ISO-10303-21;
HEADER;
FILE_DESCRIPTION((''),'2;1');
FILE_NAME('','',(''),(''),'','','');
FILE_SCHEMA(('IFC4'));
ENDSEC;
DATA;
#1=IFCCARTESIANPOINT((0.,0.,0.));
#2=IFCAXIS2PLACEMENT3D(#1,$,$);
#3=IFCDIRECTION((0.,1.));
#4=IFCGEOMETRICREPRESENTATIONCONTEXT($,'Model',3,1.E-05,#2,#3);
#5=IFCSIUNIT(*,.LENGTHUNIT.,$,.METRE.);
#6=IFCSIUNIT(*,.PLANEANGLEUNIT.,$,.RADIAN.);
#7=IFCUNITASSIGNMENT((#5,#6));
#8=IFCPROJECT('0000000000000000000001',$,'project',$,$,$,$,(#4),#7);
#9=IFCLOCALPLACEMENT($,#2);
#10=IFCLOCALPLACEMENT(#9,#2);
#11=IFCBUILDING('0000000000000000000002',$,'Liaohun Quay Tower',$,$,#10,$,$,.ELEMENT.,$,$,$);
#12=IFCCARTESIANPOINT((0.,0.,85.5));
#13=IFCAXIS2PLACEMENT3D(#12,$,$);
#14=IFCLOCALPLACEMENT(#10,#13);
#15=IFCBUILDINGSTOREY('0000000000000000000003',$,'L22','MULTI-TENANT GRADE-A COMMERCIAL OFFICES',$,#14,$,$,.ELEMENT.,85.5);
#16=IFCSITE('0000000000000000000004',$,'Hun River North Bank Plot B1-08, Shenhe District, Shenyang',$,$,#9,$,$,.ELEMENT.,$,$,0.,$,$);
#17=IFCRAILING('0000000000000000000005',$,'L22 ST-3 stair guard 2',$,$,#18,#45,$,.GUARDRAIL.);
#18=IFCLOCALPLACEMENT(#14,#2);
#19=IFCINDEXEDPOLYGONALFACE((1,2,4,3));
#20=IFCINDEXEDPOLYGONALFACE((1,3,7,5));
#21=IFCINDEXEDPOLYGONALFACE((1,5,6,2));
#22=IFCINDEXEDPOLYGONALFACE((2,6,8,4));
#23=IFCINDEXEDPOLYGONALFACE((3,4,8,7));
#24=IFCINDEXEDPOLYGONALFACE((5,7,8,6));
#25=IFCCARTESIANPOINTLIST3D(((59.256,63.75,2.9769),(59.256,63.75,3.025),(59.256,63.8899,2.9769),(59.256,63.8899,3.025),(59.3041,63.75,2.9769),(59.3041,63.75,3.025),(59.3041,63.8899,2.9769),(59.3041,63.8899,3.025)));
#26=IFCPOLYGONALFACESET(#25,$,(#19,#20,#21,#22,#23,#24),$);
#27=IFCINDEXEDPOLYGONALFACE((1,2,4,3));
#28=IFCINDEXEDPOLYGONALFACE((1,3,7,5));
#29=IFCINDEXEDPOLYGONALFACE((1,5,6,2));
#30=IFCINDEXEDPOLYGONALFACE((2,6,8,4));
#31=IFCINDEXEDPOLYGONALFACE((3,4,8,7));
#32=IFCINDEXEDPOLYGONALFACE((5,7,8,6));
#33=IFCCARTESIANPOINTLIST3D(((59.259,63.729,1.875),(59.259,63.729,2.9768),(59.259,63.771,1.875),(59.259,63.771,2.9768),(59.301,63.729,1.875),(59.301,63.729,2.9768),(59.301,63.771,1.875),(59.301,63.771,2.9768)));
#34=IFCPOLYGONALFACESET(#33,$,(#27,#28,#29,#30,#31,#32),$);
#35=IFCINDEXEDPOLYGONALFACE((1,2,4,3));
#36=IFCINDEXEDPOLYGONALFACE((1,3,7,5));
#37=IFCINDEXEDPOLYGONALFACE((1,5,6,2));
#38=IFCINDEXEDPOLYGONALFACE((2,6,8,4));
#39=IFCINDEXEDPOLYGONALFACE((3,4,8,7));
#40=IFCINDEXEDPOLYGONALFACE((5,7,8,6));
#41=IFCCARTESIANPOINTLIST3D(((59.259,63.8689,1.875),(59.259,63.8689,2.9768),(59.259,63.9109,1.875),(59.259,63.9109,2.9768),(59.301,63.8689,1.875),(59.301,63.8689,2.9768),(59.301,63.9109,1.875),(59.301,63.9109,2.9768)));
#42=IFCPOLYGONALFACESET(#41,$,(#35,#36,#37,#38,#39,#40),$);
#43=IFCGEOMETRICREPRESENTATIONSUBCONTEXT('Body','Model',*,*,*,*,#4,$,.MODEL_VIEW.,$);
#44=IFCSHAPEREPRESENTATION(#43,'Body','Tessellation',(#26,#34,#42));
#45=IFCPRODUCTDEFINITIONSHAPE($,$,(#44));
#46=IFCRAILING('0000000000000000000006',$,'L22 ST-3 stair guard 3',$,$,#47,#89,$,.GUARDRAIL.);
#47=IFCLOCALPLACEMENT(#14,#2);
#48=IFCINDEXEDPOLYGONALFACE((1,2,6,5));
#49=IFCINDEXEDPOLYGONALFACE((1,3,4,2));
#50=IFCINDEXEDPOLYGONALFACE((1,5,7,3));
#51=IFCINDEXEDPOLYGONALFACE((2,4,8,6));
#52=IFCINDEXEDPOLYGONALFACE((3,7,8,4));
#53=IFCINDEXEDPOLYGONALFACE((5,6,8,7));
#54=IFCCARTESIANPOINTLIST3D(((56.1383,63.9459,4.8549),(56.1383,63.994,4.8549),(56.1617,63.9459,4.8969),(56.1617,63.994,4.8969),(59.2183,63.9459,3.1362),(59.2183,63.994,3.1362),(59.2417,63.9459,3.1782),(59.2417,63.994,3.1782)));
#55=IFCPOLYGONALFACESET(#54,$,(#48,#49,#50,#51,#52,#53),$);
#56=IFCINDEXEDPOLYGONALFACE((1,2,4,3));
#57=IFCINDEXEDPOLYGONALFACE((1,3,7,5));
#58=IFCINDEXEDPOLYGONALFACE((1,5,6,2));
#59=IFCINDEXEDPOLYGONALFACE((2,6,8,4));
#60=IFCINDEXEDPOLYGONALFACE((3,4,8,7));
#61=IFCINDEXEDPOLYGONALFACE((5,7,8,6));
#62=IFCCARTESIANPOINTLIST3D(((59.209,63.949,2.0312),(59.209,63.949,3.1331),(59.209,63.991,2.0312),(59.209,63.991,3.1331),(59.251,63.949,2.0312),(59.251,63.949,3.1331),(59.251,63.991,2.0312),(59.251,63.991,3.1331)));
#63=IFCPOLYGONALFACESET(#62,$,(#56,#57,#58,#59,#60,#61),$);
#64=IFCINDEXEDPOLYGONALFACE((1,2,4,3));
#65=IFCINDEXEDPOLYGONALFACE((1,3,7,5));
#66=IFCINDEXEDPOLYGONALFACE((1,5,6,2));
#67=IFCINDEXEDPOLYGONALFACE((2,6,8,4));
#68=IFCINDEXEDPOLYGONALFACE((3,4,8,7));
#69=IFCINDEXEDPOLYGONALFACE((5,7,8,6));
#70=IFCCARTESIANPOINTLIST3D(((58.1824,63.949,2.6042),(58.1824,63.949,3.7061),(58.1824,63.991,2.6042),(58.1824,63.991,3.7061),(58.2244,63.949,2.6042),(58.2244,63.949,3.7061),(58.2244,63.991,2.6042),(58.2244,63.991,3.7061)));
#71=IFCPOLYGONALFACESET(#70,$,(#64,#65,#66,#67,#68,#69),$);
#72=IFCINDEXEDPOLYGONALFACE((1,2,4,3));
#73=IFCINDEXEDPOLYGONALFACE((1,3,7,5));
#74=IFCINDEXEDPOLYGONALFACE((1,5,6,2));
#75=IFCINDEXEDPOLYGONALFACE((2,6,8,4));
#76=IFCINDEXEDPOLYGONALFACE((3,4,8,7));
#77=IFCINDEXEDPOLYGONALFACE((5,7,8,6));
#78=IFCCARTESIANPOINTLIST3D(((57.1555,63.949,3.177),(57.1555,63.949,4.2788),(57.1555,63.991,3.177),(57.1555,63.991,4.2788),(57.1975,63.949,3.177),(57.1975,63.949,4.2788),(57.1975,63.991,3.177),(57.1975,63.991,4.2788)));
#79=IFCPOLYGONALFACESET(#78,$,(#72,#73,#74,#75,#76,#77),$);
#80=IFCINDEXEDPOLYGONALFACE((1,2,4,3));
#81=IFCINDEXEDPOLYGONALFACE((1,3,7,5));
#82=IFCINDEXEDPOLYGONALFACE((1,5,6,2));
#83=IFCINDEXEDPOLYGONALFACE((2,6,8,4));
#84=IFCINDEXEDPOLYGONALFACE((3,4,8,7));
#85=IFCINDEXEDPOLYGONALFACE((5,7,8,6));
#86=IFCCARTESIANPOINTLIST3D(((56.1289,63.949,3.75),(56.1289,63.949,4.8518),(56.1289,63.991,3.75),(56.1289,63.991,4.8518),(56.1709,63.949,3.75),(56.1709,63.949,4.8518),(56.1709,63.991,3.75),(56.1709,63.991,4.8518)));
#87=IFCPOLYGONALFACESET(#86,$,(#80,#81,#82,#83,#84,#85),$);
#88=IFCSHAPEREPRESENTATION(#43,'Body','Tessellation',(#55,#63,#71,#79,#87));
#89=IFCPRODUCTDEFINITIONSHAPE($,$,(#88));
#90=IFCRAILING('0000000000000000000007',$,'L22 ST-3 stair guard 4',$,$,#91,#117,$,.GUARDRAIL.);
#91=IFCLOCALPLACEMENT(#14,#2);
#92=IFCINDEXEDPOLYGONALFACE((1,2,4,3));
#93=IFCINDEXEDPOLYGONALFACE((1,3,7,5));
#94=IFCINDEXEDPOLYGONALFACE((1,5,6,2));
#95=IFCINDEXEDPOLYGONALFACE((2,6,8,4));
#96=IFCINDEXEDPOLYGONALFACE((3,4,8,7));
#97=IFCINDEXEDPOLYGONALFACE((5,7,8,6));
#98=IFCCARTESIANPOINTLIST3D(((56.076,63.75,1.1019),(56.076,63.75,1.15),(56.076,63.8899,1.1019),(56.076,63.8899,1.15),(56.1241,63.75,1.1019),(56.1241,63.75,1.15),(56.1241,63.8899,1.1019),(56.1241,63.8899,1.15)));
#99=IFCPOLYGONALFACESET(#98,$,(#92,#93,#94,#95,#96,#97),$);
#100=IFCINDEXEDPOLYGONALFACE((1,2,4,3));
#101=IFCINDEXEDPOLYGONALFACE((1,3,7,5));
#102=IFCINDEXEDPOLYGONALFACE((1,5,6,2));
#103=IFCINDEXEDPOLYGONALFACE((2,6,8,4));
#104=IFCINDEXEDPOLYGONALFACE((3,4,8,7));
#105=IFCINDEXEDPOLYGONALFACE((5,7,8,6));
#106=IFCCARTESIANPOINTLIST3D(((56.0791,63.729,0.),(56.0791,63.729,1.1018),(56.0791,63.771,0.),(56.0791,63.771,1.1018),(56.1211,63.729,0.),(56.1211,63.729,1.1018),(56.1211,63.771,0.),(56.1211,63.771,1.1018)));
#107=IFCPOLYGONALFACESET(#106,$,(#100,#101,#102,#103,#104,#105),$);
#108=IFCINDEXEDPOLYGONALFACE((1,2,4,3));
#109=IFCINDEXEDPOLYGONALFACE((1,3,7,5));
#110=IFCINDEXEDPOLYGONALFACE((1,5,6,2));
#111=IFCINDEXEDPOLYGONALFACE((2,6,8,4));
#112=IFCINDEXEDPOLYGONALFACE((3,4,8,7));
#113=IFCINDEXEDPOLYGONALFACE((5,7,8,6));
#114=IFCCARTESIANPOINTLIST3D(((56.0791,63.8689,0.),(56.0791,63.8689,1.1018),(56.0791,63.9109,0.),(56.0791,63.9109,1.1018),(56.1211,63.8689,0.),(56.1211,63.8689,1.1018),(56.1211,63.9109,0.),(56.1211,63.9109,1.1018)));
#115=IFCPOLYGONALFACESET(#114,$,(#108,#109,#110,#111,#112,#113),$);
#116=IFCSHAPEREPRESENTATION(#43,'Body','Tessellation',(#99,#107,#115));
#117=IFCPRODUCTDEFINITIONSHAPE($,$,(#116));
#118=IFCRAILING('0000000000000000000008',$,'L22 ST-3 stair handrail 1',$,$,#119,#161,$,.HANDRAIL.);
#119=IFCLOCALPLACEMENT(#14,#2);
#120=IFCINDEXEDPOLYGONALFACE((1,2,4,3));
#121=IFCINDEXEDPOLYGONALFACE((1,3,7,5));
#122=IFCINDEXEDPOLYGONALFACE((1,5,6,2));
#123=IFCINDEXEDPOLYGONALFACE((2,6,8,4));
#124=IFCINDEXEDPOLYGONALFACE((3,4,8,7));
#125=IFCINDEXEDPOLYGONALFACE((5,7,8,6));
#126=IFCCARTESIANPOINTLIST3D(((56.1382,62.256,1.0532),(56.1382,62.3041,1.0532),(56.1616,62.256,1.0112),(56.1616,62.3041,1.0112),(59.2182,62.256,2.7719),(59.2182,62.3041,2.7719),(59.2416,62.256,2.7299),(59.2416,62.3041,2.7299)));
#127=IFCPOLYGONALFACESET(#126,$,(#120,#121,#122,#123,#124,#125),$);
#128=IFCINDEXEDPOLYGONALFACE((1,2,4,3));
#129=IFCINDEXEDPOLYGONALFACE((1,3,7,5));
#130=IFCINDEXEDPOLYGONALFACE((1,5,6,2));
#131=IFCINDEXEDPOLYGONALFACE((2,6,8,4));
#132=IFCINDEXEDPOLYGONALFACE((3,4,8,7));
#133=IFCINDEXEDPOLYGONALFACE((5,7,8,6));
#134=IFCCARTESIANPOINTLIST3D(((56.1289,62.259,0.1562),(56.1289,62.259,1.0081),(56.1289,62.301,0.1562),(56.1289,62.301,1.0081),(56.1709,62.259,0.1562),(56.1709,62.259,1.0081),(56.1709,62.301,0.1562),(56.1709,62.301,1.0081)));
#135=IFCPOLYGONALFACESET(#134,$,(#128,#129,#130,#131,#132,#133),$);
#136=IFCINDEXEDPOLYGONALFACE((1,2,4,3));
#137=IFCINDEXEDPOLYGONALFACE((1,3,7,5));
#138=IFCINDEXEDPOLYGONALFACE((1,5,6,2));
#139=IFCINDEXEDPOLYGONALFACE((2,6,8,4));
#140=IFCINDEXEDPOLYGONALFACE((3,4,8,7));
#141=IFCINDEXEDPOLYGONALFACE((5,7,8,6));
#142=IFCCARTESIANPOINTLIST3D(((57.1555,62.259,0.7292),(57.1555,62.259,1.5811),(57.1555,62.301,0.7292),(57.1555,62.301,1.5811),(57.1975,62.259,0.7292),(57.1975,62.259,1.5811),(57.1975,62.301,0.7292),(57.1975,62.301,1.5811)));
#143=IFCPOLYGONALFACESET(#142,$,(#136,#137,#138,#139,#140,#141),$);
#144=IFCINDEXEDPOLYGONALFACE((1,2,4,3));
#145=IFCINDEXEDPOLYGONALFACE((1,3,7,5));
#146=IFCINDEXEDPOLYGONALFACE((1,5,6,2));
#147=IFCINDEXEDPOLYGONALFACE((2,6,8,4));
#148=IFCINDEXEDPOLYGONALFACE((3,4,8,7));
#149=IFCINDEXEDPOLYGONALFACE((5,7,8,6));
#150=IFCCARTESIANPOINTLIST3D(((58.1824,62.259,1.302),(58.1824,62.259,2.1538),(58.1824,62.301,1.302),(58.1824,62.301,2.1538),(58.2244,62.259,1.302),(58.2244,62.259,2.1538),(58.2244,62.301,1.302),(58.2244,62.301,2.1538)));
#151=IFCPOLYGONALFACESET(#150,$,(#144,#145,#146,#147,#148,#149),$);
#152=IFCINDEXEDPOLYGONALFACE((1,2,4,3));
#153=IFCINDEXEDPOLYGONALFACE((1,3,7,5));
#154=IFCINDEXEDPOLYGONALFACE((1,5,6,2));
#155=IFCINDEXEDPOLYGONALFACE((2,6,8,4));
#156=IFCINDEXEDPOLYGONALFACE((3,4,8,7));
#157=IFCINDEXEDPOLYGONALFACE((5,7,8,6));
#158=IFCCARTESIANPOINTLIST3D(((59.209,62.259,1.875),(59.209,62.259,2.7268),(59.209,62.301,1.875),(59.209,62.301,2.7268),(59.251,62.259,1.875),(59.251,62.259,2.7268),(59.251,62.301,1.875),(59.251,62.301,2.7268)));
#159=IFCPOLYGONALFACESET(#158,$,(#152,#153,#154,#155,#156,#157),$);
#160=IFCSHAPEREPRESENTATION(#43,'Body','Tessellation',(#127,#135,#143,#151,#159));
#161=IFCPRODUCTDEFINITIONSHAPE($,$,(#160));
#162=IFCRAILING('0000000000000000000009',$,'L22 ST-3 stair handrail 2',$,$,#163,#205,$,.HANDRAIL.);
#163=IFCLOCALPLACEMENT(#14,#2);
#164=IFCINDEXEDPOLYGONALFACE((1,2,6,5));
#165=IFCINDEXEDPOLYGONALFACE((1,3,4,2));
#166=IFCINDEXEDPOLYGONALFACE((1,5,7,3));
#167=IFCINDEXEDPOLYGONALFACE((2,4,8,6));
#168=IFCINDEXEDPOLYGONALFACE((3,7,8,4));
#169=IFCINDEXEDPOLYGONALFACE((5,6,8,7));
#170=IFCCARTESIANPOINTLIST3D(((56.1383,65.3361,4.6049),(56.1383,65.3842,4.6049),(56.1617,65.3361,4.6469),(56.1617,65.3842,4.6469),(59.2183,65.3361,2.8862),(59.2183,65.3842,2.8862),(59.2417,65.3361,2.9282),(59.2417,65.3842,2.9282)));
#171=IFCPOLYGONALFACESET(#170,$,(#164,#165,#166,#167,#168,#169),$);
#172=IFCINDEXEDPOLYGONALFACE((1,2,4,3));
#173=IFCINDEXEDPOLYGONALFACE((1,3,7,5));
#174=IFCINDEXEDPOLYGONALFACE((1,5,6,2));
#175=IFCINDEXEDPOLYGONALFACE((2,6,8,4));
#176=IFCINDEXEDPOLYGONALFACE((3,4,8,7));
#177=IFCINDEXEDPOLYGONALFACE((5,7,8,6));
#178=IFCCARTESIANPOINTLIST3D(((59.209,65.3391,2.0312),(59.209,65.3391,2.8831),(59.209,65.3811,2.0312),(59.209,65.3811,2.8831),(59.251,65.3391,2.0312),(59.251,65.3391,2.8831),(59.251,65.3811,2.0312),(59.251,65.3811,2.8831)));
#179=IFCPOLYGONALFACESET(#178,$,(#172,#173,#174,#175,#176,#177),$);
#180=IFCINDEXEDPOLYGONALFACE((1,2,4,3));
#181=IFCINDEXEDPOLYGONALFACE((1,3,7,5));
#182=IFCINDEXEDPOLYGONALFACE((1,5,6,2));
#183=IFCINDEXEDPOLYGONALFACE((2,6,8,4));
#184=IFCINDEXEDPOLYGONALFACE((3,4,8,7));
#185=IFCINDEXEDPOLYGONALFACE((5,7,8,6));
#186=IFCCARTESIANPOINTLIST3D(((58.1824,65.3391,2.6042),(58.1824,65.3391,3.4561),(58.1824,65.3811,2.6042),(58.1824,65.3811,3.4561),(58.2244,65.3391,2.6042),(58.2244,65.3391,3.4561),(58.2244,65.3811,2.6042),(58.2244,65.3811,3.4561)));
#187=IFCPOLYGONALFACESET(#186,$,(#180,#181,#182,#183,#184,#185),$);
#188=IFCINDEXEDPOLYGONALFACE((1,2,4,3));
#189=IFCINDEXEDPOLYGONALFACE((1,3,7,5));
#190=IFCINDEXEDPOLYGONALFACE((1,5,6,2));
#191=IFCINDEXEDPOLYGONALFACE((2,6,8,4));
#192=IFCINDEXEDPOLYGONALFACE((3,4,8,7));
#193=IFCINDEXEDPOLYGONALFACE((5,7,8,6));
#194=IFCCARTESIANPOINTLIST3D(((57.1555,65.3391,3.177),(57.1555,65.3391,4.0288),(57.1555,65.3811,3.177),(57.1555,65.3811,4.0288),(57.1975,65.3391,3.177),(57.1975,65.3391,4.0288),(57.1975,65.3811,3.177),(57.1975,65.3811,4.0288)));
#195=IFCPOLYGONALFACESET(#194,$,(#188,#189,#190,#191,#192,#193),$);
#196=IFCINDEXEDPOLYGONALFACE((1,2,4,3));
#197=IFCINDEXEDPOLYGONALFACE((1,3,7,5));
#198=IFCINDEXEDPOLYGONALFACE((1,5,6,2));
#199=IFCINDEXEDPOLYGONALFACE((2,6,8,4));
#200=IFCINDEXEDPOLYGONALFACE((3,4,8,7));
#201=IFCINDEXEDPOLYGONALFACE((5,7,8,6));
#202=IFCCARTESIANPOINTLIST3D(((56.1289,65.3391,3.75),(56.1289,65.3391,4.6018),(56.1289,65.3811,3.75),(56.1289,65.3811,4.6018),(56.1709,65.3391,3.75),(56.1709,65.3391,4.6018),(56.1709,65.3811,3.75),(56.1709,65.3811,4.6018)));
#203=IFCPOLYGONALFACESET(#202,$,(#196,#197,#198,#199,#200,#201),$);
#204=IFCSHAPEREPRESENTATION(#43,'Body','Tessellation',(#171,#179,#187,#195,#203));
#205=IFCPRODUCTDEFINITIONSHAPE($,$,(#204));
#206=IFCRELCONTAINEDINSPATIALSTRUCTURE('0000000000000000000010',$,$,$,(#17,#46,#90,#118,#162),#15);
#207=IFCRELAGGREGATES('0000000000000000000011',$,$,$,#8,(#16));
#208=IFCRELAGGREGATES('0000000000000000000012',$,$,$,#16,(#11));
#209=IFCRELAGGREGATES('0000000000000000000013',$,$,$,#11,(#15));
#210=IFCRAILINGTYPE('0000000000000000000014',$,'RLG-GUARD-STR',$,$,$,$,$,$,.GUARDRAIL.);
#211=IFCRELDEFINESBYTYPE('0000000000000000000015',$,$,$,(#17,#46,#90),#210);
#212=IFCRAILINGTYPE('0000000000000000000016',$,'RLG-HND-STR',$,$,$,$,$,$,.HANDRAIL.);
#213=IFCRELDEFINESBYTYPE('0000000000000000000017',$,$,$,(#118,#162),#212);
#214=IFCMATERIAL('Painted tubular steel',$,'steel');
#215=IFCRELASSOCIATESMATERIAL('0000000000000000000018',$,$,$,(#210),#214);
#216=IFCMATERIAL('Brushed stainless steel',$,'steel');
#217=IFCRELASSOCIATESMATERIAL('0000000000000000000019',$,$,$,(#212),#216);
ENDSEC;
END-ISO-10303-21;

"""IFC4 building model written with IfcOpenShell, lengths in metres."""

from ifc_helpers import new_model, si_unit, direction, frame, origin, origin_2d, place, context, subcontext, project, spatial, rectangle, extrude, material, type_object, element, save


model = new_model("IFC4")

# Units and contexts
model_context = context("Model", 3, precision=1e-05, world=origin(), true_north=direction((0.0, 1.0)))
body_context = subcontext(model_context, "Body", "Model", "MODEL_VIEW")
ifc_project = project(units=[si_unit("LENGTHUNIT", "METRE"), si_unit("PLANEANGLEUNIT", "RADIAN")], contexts=[model_context])

# Site, building, storey
site_placement = place(None, origin())
site = spatial("IfcSite", under=ifc_project, at=site_placement, Name="Hun River North Bank Plot B1-08, Shenhe District, Shenyang", CompositionType="ELEMENT", RefElevation=0.0)
building_placement = place(site_placement, origin())
building = spatial("IfcBuilding", under=site, at=building_placement, Name="Liaohun Quay Tower", CompositionType="ELEMENT")
storey_placement = place(building_placement, frame((0.0, 0.0, 85.5)))
storey = spatial("IfcBuildingStorey", under=building, at=storey_placement, Name="L22", Description="MULTI-TENANT GRADE-A COMMERCIAL OFFICES", CompositionType="ELEMENT", Elevation=85.5)

# Railings
ifc_material_1 = material(Name="Painted tubular steel", Category="steel")
railing_type_1 = type_object("IfcRailingType", Name="RLG-GUARD-STR", PredefinedType="GUARDRAIL", material=ifc_material_1)
railing_1_placement = place(storey_placement, frame((59.28, 63.75, 1.875)))
element("IfcRailing", 1, at=railing_1_placement, inside=storey, type_object=railing_type_1, Name="L22 ST-3 stair guard 2", PredefinedType="GUARDRAIL", context=body_context, shape_type="SweptSolid", body=[
    extrude(rectangle(XDim=0.0481, YDim=0.0481, at=origin_2d()), frame((0.0, 0.0, 1.126), z_axis=(0.0, 1.0, 0.0), x_axis=(-1.0, 0.0, 0.0)), (0.0, 0.0, 1.0), 0.1399),
    extrude(rectangle(XDim=0.042, YDim=0.042, at=origin_2d()), origin(), (0.0, 0.0, 1.0), 1.1018),
    extrude(rectangle(XDim=0.042, YDim=0.042, at=origin_2d()), frame((0.0, 0.1399, 0.0)), (0.0, 0.0, 1.0), 1.1018),
])
railing_2_placement = place(storey_placement, frame((59.23, 63.97, 2.0312)))
element("IfcRailing", 2, at=railing_2_placement, inside=storey, type_object=railing_type_1, Name="L22 ST-3 stair guard 3", PredefinedType="GUARDRAIL", context=body_context, shape_type="SweptSolid", body=[
    extrude(rectangle(XDim=0.0481, YDim=0.0481, at=origin_2d()), frame((0.0, 0.0, 1.126), z_axis=(-0.873242, 0.0, 0.487288), x_axis=(0.0, -1.0, 0.0)), (0.0, 0.0, 1.0), 3.5271),
    extrude(rectangle(XDim=0.042, YDim=0.042, at=origin_2d()), origin(), (0.0, 0.0, 1.0), 1.1018),
    extrude(rectangle(XDim=0.042, YDim=0.042, at=origin_2d()), frame((-1.0266, 0.0, 0.573)), (0.0, 0.0, 1.0), 1.1018),
    extrude(rectangle(XDim=0.042, YDim=0.042, at=origin_2d()), frame((-2.0535, 0.0, 1.1458)), (0.0, 0.0, 1.0), 1.1018),
    extrude(rectangle(XDim=0.042, YDim=0.042, at=origin_2d()), frame((-3.0801, 0.0, 1.7188)), (0.0, 0.0, 1.0), 1.1018),
])
railing_3_placement = place(storey_placement, frame((56.1001, 63.75, 0.0)))
element("IfcRailing", 3, at=railing_3_placement, inside=storey, type_object=railing_type_1, Name="L22 ST-3 stair guard 4", PredefinedType="GUARDRAIL", context=body_context, shape_type="SweptSolid", body=[
    extrude(rectangle(XDim=0.0481, YDim=0.0481, at=origin_2d()), frame((0.0, 0.0, 1.126), z_axis=(0.0, 1.0, 0.0), x_axis=(-1.0, 0.0, 0.0)), (0.0, 0.0, 1.0), 0.1399),
    extrude(rectangle(XDim=0.042, YDim=0.042, at=origin_2d()), origin(), (0.0, 0.0, 1.0), 1.1018),
    extrude(rectangle(XDim=0.042, YDim=0.042, at=origin_2d()), frame((0.0, 0.1399, 0.0)), (0.0, 0.0, 1.0), 1.1018),
])
ifc_material_2 = material(Name="Brushed stainless steel", Category="steel")
railing_type_2 = type_object("IfcRailingType", Name="RLG-HND-STR", PredefinedType="HANDRAIL", material=ifc_material_2)
railing_4_placement = place(storey_placement, frame((56.1499, 62.28, 0.1562)))
element("IfcRailing", 4, at=railing_4_placement, inside=storey, type_object=railing_type_2, Name="L22 ST-3 stair handrail 1", PredefinedType="HANDRAIL", context=body_context, shape_type="SweptSolid", body=[
    extrude(rectangle(XDim=0.0481, YDim=0.0481, at=origin_2d()), frame((0.0, 0.0, 0.876), z_axis=(0.873242, 0.0, 0.487288), x_axis=(0.0, 1.0, 0.0)), (0.0, 0.0, 1.0), 3.5271),
    extrude(rectangle(XDim=0.042, YDim=0.042, at=origin_2d()), origin(), (0.0, 0.0, 1.0), 0.8518),
    extrude(rectangle(XDim=0.042, YDim=0.042, at=origin_2d()), frame((1.0266, 0.0, 0.573)), (0.0, 0.0, 1.0), 0.8518),
    extrude(rectangle(XDim=0.042, YDim=0.042, at=origin_2d()), frame((2.0535, 0.0, 1.1458)), (0.0, 0.0, 1.0), 0.8518),
    extrude(rectangle(XDim=0.042, YDim=0.042, at=origin_2d()), frame((3.0801, 0.0, 1.7188)), (0.0, 0.0, 1.0), 0.8518),
])
railing_5_placement = place(storey_placement, frame((59.23, 65.3601, 2.0312)))
element("IfcRailing", 5, at=railing_5_placement, inside=storey, type_object=railing_type_2, Name="L22 ST-3 stair handrail 2", PredefinedType="HANDRAIL", context=body_context, shape_type="SweptSolid", body=[
    extrude(rectangle(XDim=0.0481, YDim=0.0481, at=origin_2d()), frame((0.0, 0.0, 0.876), z_axis=(-0.873242, 0.0, 0.487288), x_axis=(0.0, -1.0, 0.0)), (0.0, 0.0, 1.0), 3.5271),
    extrude(rectangle(XDim=0.042, YDim=0.042, at=origin_2d()), origin(), (0.0, 0.0, 1.0), 0.8518),
    extrude(rectangle(XDim=0.042, YDim=0.042, at=origin_2d()), frame((-1.0266, 0.0, 0.573)), (0.0, 0.0, 1.0), 0.8518),
    extrude(rectangle(XDim=0.042, YDim=0.042, at=origin_2d()), frame((-2.0535, 0.0, 1.1458)), (0.0, 0.0, 1.0), 0.8518),
    extrude(rectangle(XDim=0.042, YDim=0.042, at=origin_2d()), frame((-3.0801, 0.0, 1.7188)), (0.0, 0.0, 1.0), 0.8518),
])

save(model, "model.ifc")
